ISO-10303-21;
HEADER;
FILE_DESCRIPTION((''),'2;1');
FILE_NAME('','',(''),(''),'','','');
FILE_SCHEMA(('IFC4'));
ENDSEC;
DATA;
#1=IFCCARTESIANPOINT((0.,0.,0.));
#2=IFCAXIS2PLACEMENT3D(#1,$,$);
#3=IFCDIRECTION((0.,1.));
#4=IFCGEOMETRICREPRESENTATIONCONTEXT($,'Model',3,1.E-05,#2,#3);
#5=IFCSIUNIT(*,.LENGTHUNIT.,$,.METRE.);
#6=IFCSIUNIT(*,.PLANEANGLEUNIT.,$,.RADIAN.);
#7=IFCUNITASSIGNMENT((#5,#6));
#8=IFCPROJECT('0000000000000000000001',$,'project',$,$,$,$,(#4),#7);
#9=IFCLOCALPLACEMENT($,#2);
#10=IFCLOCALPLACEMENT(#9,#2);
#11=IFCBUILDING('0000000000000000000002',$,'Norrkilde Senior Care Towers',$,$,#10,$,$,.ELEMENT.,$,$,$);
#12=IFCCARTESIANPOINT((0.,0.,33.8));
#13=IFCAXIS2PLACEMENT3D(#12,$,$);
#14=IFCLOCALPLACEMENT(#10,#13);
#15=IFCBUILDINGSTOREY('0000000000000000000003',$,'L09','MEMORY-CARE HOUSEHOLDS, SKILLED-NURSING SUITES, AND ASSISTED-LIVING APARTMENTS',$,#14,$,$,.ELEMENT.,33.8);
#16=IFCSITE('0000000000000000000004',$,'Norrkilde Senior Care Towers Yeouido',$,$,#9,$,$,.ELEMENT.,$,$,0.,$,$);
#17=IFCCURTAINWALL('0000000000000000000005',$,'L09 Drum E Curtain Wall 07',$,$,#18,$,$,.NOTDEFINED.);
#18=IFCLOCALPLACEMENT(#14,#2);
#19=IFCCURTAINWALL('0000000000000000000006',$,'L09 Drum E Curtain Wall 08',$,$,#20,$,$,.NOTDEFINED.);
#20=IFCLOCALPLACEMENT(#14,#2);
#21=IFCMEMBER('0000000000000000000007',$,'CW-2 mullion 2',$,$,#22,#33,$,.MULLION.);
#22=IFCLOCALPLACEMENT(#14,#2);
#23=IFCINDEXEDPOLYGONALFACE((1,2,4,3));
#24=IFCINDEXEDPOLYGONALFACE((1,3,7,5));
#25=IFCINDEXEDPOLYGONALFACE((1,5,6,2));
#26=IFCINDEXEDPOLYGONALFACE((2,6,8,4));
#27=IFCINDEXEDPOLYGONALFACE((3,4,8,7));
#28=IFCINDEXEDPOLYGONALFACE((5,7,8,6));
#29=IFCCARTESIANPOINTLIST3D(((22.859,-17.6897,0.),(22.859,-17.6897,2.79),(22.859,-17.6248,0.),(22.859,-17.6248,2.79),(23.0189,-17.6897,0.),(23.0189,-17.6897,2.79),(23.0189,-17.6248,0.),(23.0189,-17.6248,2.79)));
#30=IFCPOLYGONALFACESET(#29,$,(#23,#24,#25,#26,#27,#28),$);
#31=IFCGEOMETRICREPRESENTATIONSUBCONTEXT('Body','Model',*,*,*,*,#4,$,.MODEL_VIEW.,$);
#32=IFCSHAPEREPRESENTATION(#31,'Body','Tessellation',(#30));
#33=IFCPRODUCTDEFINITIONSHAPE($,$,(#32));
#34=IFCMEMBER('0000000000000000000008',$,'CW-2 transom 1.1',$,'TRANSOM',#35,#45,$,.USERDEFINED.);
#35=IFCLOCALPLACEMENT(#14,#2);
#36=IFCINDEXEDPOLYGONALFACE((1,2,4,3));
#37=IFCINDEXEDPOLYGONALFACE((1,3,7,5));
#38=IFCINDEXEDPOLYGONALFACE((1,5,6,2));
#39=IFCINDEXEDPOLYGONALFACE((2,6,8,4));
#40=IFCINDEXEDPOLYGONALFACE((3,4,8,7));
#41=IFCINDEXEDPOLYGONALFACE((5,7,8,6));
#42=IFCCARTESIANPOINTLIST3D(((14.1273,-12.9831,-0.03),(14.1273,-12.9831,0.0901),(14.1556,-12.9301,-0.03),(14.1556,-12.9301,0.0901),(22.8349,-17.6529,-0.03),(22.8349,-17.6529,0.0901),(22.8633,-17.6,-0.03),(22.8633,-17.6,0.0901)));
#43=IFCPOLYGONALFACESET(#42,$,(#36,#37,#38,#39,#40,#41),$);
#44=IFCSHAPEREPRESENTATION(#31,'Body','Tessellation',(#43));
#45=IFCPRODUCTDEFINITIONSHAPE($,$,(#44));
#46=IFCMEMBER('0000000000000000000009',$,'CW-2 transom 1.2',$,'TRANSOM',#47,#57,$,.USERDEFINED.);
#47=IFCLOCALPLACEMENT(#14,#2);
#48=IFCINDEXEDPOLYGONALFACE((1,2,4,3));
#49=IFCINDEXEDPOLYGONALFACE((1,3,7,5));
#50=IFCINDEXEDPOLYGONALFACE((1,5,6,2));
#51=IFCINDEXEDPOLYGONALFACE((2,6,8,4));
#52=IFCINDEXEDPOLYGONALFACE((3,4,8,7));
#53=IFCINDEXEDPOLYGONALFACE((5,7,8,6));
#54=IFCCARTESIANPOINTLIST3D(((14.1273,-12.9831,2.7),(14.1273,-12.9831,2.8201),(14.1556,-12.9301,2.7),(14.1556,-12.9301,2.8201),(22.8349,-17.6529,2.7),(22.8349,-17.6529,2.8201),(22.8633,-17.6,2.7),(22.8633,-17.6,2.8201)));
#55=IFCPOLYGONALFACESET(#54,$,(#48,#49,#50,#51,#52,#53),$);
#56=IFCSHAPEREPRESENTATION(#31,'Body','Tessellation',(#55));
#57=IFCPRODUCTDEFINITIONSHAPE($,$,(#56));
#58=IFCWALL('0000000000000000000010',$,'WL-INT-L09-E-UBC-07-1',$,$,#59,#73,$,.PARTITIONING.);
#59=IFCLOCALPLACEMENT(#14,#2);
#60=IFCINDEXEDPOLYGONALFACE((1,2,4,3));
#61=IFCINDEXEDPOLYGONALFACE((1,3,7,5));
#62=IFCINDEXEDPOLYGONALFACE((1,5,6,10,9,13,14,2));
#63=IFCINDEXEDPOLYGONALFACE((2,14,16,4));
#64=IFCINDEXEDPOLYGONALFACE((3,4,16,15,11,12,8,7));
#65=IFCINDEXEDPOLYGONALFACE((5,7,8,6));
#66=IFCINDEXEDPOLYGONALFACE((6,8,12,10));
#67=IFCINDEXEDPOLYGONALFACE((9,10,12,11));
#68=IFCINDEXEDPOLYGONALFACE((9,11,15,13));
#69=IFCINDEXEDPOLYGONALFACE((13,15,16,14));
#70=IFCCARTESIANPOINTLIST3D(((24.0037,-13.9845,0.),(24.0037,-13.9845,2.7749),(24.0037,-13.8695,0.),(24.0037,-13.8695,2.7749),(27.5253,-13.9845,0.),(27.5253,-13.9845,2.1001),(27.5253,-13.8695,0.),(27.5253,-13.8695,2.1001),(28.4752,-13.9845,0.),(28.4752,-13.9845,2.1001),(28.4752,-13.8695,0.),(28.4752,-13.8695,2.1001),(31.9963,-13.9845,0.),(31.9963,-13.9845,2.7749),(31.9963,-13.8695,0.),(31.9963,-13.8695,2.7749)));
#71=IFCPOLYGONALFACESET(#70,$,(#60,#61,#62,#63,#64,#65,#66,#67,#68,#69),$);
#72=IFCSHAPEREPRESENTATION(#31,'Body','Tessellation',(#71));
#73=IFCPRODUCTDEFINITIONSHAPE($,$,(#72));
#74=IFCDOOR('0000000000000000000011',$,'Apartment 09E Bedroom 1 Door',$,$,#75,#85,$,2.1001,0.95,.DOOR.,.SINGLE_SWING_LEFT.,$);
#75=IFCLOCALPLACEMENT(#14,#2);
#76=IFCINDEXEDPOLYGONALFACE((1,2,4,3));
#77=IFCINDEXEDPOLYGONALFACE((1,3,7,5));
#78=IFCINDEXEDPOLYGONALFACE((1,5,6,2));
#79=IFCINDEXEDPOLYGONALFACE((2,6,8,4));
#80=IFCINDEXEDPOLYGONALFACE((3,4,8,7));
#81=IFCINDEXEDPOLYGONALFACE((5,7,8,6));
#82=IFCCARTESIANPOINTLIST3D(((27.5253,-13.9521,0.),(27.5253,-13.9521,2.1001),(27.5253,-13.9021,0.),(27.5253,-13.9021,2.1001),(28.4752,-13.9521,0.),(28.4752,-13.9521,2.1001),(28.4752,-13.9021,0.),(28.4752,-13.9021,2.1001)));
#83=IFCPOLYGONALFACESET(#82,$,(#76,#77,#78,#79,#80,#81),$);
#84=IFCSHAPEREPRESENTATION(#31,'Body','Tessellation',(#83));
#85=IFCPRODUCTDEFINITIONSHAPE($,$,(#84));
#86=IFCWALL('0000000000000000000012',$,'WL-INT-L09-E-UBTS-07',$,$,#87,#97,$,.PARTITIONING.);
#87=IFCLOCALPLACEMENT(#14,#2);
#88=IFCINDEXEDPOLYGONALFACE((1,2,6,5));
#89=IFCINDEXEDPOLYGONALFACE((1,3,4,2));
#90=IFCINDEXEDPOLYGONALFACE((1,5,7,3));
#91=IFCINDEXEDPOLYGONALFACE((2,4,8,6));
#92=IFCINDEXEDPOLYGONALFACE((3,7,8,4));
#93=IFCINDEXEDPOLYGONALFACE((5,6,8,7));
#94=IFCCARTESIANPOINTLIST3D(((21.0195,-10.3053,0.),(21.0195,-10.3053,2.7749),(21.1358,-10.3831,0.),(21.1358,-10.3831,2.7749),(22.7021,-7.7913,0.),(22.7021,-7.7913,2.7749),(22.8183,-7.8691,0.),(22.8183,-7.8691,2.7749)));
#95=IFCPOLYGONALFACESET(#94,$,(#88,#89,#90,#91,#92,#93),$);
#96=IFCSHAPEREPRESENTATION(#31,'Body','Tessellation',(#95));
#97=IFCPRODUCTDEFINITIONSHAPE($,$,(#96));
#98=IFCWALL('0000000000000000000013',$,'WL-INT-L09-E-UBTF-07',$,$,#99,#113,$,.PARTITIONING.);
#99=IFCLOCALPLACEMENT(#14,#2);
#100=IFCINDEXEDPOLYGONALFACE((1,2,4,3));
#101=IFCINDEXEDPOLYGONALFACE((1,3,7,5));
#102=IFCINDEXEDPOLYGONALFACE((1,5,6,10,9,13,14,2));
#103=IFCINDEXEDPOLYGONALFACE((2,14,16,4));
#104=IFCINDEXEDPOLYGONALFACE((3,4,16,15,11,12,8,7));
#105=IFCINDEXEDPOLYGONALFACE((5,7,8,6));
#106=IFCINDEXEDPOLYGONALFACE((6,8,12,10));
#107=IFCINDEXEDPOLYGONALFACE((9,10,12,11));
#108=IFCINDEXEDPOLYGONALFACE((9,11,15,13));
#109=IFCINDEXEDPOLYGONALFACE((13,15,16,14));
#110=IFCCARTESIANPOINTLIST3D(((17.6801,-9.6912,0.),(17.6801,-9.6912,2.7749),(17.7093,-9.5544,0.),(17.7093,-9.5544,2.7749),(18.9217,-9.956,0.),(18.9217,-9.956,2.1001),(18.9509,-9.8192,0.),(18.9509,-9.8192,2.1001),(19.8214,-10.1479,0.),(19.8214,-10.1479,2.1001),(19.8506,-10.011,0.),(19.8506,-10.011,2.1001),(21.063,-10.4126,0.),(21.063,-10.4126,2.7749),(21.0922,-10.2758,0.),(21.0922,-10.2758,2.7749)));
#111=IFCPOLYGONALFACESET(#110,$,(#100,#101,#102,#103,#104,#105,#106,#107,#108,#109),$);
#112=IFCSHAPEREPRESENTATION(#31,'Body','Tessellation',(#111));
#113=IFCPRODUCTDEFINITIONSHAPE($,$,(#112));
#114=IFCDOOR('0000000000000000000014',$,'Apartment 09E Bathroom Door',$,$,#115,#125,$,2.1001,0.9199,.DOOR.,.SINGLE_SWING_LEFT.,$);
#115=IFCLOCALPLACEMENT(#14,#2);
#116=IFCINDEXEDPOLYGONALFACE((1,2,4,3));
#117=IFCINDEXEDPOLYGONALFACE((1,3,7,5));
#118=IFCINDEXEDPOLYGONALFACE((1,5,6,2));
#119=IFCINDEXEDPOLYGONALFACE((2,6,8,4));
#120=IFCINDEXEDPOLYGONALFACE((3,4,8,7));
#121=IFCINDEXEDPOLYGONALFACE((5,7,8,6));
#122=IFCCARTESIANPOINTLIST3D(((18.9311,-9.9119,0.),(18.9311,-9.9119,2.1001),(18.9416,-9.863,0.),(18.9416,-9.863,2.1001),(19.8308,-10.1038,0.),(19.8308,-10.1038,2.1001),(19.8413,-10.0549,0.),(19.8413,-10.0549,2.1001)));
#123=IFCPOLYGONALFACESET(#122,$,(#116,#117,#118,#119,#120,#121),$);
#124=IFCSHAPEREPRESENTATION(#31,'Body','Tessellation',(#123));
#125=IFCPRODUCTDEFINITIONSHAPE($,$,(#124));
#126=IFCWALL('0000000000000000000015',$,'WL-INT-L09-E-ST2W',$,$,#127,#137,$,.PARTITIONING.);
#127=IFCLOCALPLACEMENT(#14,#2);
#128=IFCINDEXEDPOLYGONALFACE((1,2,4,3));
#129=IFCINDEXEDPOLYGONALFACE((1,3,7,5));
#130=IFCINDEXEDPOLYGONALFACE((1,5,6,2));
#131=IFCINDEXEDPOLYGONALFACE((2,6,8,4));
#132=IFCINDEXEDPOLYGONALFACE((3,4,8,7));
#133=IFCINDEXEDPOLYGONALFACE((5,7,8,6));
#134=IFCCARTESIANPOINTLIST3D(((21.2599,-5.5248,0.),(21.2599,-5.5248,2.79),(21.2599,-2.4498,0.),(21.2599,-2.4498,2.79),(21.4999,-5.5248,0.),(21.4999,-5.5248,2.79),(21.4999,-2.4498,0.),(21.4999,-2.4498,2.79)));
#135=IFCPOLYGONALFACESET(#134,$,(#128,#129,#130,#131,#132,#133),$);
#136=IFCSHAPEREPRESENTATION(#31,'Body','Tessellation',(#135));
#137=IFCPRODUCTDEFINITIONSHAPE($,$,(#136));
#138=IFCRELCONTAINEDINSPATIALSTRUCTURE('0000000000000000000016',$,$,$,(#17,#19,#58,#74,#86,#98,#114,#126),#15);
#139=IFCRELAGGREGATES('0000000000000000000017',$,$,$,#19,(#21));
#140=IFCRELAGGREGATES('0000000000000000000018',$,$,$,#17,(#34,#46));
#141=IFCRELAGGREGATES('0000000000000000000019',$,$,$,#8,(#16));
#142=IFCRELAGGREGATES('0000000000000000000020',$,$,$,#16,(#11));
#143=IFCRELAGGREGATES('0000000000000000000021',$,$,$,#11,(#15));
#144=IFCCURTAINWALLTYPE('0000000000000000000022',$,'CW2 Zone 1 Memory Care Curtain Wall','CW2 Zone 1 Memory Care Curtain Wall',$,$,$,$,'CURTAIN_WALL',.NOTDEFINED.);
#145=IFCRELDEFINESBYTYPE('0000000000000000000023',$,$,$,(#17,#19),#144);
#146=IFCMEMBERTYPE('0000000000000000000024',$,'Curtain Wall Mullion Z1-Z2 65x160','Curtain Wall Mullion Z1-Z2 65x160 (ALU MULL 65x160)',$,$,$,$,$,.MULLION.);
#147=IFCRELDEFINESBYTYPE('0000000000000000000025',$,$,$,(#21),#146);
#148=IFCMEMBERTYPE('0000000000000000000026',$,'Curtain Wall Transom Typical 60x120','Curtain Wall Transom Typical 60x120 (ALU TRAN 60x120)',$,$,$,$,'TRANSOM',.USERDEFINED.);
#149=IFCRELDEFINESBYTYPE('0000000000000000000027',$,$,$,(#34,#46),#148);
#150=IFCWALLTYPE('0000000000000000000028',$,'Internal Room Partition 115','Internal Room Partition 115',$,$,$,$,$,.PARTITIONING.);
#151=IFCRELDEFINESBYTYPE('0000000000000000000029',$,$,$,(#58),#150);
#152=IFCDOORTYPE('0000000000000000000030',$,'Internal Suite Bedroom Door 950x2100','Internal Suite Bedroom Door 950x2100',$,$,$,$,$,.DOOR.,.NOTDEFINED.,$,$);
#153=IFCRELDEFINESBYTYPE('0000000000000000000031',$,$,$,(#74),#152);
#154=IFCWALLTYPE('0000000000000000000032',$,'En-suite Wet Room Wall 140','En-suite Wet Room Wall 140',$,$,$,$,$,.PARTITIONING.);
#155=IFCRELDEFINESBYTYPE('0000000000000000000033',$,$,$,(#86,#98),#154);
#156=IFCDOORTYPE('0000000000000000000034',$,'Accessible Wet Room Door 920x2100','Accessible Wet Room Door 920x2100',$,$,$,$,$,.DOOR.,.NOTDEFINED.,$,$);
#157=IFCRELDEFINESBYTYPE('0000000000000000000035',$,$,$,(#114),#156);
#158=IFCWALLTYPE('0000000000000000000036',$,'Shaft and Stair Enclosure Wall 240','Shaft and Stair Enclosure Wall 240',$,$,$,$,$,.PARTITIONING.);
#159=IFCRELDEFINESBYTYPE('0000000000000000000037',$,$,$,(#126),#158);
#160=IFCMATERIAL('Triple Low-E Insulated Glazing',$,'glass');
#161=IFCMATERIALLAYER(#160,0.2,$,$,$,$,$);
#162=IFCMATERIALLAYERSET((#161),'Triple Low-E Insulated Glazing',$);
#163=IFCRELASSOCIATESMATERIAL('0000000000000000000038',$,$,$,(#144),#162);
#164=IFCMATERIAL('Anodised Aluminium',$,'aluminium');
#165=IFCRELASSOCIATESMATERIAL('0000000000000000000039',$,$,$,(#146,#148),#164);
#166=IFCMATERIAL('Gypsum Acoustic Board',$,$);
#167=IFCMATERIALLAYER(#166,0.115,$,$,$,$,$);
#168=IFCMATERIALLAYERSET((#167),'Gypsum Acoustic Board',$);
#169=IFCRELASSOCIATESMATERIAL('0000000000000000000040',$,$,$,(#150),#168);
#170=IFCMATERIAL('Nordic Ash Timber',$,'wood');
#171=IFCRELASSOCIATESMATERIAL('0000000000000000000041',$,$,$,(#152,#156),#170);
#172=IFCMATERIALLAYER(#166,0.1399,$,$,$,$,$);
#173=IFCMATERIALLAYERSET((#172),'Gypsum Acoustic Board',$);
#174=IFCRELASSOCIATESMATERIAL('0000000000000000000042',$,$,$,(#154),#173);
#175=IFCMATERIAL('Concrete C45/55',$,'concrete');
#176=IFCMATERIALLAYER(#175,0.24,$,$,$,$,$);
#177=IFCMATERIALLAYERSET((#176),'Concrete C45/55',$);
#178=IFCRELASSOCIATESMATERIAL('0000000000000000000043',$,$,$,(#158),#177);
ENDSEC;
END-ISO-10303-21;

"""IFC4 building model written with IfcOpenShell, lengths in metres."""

from ifc_helpers import new_model, si_unit, direction, frame, frame_2d, origin, origin_2d, place, context, subcontext, project, spatial, rectangle, extrude, source, transform, mapped, material, layer, layer_set, material_profile, profile_set, type_object, type_shapes, element, fill, aggregate, save


model = new_model("IFC4")

# Units and contexts
model_context = context("Model", 3, precision=1e-05, world=origin(), true_north=direction((0.0, 1.0)))
body_context = subcontext(model_context, "Body", "Model", "MODEL_VIEW")
ifc_project = project(units=[si_unit("LENGTHUNIT", "METRE"), si_unit("PLANEANGLEUNIT", "RADIAN")], contexts=[model_context])

# Site, building, storey
site_placement = place(None, origin())
site = spatial("IfcSite", under=ifc_project, at=site_placement, Name="Norrkilde Senior Care Towers Yeouido", CompositionType="ELEMENT", RefElevation=0.0)
building_placement = place(site_placement, origin())
building = spatial("IfcBuilding", under=site, at=building_placement, Name="Norrkilde Senior Care Towers", CompositionType="ELEMENT")
storey_placement = place(building_placement, frame((0.0, 0.0, 33.8)))
storey = spatial("IfcBuildingStorey", under=building, at=storey_placement, Name="L09", Description="MEMORY-CARE HOUSEHOLDS, SKILLED-NURSING SUITES, AND ASSISTED-LIVING APARTMENTS", CompositionType="ELEMENT", Elevation=33.8)

# Curtain walls, member
ifc_material_1 = material(Name="Triple Low-E Insulated Glazing", Category="glass")
ifc_layer_1 = layer(ifc_material_1, 0.2)
ifc_layer_set_1 = layer_set([ifc_layer_1], Name="Triple Low-E Insulated Glazing")
curtain_wall_type = type_object("IfcCurtainWallType", Name="CW2 Zone 1 Memory Care Curtain Wall", Description="CW2 Zone 1 Memory Care Curtain Wall", ElementType="CURTAIN_WALL", PredefinedType="NOTDEFINED", material=ifc_layer_set_1)
curtain_wall_1_placement = place(storey_placement, origin())
curtain_wall_1 = element("IfcCurtainWall", 1, at=curtain_wall_1_placement, inside=storey, type_object=curtain_wall_type, Name="L09 Drum E Curtain Wall 07", PredefinedType="NOTDEFINED")
ifc_material_2 = material(Name="Anodised Aluminium", Category="aluminium")
ifc_material_profile_1 = material_profile(ifc_material_2, rectangle(XDim=0.0649, YDim=0.1599, at=origin_2d()), Name="ALU MULL 65x160")
ifc_profile_set_1 = profile_set([ifc_material_profile_1], Name="Anodised Aluminium")
member_type_1 = type_object("IfcMemberType", Name="Curtain Wall Mullion Z1-Z2 65x160", Description="Curtain Wall Mullion Z1-Z2 65x160 (ALU MULL 65x160)", PredefinedType="MULLION", material=ifc_profile_set_1)
shared_shape_1 = source(origin(), body_context, "Body", "SweptSolid", [
    extrude(rectangle(XDim=0.0649, YDim=0.1599, at=origin_2d()), origin(), (0.0, 0.0, 1.0), 2.79),
])
type_shapes(member_type_1, [shared_shape_1])
curtain_wall_2_placement = place(storey_placement, origin())
curtain_wall_2 = element("IfcCurtainWall", 2, at=curtain_wall_2_placement, inside=storey, type_object=curtain_wall_type, Name="L09 Drum E Curtain Wall 08", PredefinedType="NOTDEFINED")
member_1_placement = place(storey_placement, frame((22.939, -17.6572, 0.0), z_axis=(0.0, 0.0, 1.0), x_axis=(0.0, -1.0, 0.0)))
member_1 = element("IfcMember", 3, at=member_1_placement, type_object=member_type_1, Name="CW-2 mullion 2", PredefinedType="MULLION", context=body_context, shape_type="MappedRepresentation", body=[
    mapped(shared_shape_1, transform((0.0, 0.0, 0.0), x_axis=(1.0, 0.0, 0.0), y_axis=(0.0, 1.0, 0.0), z_axis=(0.0, 0.0, 1.0), scale=1.0)),
])
aggregate(curtain_wall_2, [member_1])

# Members
ifc_material_profile_2 = material_profile(ifc_material_2, rectangle(XDim=0.0601, YDim=0.1201, at=origin_2d()), Name="ALU TRAN 60x120")
ifc_profile_set_2 = profile_set([ifc_material_profile_2], Name="Anodised Aluminium")
member_type_2 = type_object("IfcMemberType", Name="Curtain Wall Transom Typical 60x120", Description="Curtain Wall Transom Typical 60x120 (ALU TRAN 60x120)", ElementType="TRANSOM", PredefinedType="USERDEFINED", material=ifc_profile_set_2)
shared_shape_2 = source(origin(), body_context, "Body", "SweptSolid", [
    extrude(rectangle(XDim=0.0601, YDim=0.1201, at=origin_2d()), origin(), (0.0, 0.0, 1.0), 9.8809),
])
type_shapes(member_type_2, [shared_shape_2])
member_2_placement = place(storey_placement, frame((22.8491, -17.6265, 0.03), z_axis=(-0.881267, 0.472618, 0.0), x_axis=(-0.472618, -0.881267, 0.0)))
member_2 = element("IfcMember", 4, at=member_2_placement, type_object=member_type_2, Name="CW-2 transom 1.1", ObjectType="TRANSOM", PredefinedType="USERDEFINED", context=body_context, shape_type="MappedRepresentation", body=[
    mapped(shared_shape_2, transform((0.0, 0.0, 0.0), x_axis=(1.0, 0.0, 0.0), y_axis=(0.0, 1.0, 0.0), z_axis=(0.0, 0.0, 1.0), scale=1.0)),
])
member_3_placement = place(storey_placement, frame((22.8491, -17.6265, 2.76), z_axis=(-0.881267, 0.472618, 0.0), x_axis=(-0.472618, -0.881267, 0.0)))
member_3 = element("IfcMember", 5, at=member_3_placement, type_object=member_type_2, Name="CW-2 transom 1.2", ObjectType="TRANSOM", PredefinedType="USERDEFINED", context=body_context, shape_type="MappedRepresentation", body=[
    mapped(shared_shape_2, transform((0.0, 0.0, 0.0), x_axis=(1.0, 0.0, 0.0), y_axis=(0.0, 1.0, 0.0), z_axis=(0.0, 0.0, 1.0), scale=1.0)),
])
aggregate(curtain_wall_1, [member_2, member_3])

# Wall, opening, door
ifc_material_3 = material(Name="Gypsum Acoustic Board")
ifc_layer_2 = layer(ifc_material_3, 0.115)
ifc_layer_set_2 = layer_set([ifc_layer_2], Name="Gypsum Acoustic Board")
wall_type_1 = type_object("IfcWallType", Name="Internal Room Partition 115", Description="Internal Room Partition 115", PredefinedType="PARTITIONING", material=ifc_layer_set_2)
shared_shape_3 = source(origin(), body_context, "Body", "SweptSolid", [
    extrude(rectangle(XDim=7.9927, YDim=0.115, at=frame_2d((3.9963, 0.0))), origin(), (0.0, 0.0, 1.0), 2.7749),
])
wall_1_placement = place(storey_placement, frame((24.0037, -13.927, 0.0), z_axis=(0.0, 0.0, 1.0), x_axis=(1.0, 0.0, 0.0)))
wall_1 = element("IfcWall", 6, at=wall_1_placement, inside=storey, type_object=wall_type_1, Name="WL-INT-L09-E-UBC-07-1", PredefinedType="PARTITIONING", context=body_context, shape_type="MappedRepresentation", body=[
    mapped(shared_shape_3, transform((0.0, 0.0, 0.0), x_axis=(1.0, 0.0, 0.0), y_axis=(0.0, 1.0, 0.0), z_axis=(0.0, 0.0, 1.0), scale=1.0)),
])
opening_1_placement = place(wall_1_placement, frame((3.5215, 0.0, 0.0)))
opening_1 = element("IfcOpeningElement", 7, at=opening_1_placement, cuts=wall_1, PredefinedType="OPENING", context=body_context, shape_type="SweptSolid", body=[
    extrude(rectangle(XDim=0.95, YDim=2.1001, at=frame_2d((0.4751, 1.05))), frame((0.0, 0.0674, 0.0), z_axis=(0.0, -1.0, 0.0), x_axis=(1.0, 0.0, 0.0)), (0.0, 0.0, 1.0), 0.135),
])
ifc_material_4 = material(Name="Nordic Ash Timber", Category="wood")
door_type_1 = type_object("IfcDoorType", Name="Internal Suite Bedroom Door 950x2100", Description="Internal Suite Bedroom Door 950x2100", OperationType="NOTDEFINED", PredefinedType="DOOR", material=ifc_material_4)
shared_shape_4 = source(origin(), body_context, "Body", "SweptSolid", [
    extrude(rectangle(XDim=0.95, YDim=2.1001, at=frame_2d((0.4751, 1.05))), frame((0.0, 0.0249, 0.0), z_axis=(0.0, -1.0, 0.0), x_axis=(1.0, 0.0, 0.0)), (0.0, 0.0, 1.0), 0.05),
])
type_shapes(door_type_1, [shared_shape_4])
door_1_placement = place(opening_1_placement, origin())
door_1 = element("IfcDoor", 8, at=door_1_placement, inside=storey, type_object=door_type_1, Name="Apartment 09E Bedroom 1 Door", OperationType="SINGLE_SWING_LEFT", OverallHeight=2.1001, OverallWidth=0.95, PredefinedType="DOOR", context=body_context, shape_type="MappedRepresentation", body=[
    mapped(shared_shape_4, transform((0.0, 0.0, 0.0), x_axis=(1.0, 0.0, 0.0), y_axis=(0.0, 1.0, 0.0), z_axis=(0.0, 0.0, 1.0), scale=1.0)),
])
fill(opening_1, door_1)

# Wall
ifc_layer_3 = layer(ifc_material_3, 0.1399)
ifc_layer_set_3 = layer_set([ifc_layer_3], Name="Gypsum Acoustic Board")
wall_type_2 = type_object("IfcWallType", Name="En-suite Wet Room Wall 140", Description="En-suite Wet Room Wall 140", PredefinedType="PARTITIONING", material=ifc_layer_set_3)
shared_shape_5 = source(origin(), body_context, "Body", "SweptSolid", [
    extrude(rectangle(XDim=3.0251, YDim=0.1399, at=frame_2d((1.5127, 0.0))), origin(), (0.0, 0.0, 1.0), 2.7749),
])
wall_2_placement = place(storey_placement, frame((22.7603, -7.8301, 0.0), z_axis=(0.0, 0.0, 1.0), x_axis=(-0.556189, -0.831056, 0.0)))
element("IfcWall", 9, at=wall_2_placement, inside=storey, type_object=wall_type_2, Name="WL-INT-L09-E-UBTS-07", PredefinedType="PARTITIONING", context=body_context, shape_type="MappedRepresentation", body=[
    mapped(shared_shape_5, transform((0.0, 0.0, 0.0), x_axis=(1.0, 0.0, 0.0), y_axis=(0.0, 1.0, 0.0), z_axis=(0.0, 0.0, 1.0), scale=1.0)),
])

# Wall, opening, door
shared_shape_6 = source(origin(), body_context, "Body", "SweptSolid", [
    extrude(rectangle(XDim=3.459, YDim=0.1399, at=frame_2d((1.7295, 0.0))), origin(), (0.0, 0.0, 1.0), 2.7749),
])
type_shapes(wall_type_2, [shared_shape_5, shared_shape_6])
wall_3_placement = place(storey_placement, frame((21.0776, -10.3442, 0.0), z_axis=(0.0, 0.0, 1.0), x_axis=(-0.978006, 0.208575, 0.0)))
wall_3 = element("IfcWall", 10, at=wall_3_placement, inside=storey, type_object=wall_type_2, Name="WL-INT-L09-E-UBTF-07", PredefinedType="PARTITIONING", context=body_context, shape_type="MappedRepresentation", body=[
    mapped(shared_shape_6, transform((0.0, 0.0, 0.0), x_axis=(1.0, 0.0, 0.0), y_axis=(0.0, 1.0, 0.0), z_axis=(0.0, 0.0, 1.0), scale=1.0)),
])
opening_2_placement = place(wall_3_placement, frame((1.2695, 0.0, 0.0)))
opening_2 = element("IfcOpeningElement", 11, at=opening_2_placement, cuts=wall_3, PredefinedType="OPENING", context=body_context, shape_type="SweptSolid", body=[
    extrude(rectangle(XDim=0.9199, YDim=2.1001, at=frame_2d((0.46, 1.05))), frame((0.0, 0.0798, 0.0), z_axis=(0.0, -1.0, 0.0), x_axis=(1.0, 0.0, 0.0)), (0.0, 0.0, 1.0), 0.1599),
])
door_type_2 = type_object("IfcDoorType", Name="Accessible Wet Room Door 920x2100", Description="Accessible Wet Room Door 920x2100", OperationType="NOTDEFINED", PredefinedType="DOOR", material=ifc_material_4)
shared_shape_7 = source(origin(), body_context, "Body", "SweptSolid", [
    extrude(rectangle(XDim=0.9199, YDim=2.1001, at=frame_2d((0.46, 1.05))), frame((0.0, 0.0249, 0.0), z_axis=(0.0, -1.0, 0.0), x_axis=(1.0, 0.0, 0.0)), (0.0, 0.0, 1.0), 0.05),
])
type_shapes(door_type_2, [shared_shape_7])
door_2_placement = place(opening_2_placement, origin())
door_2 = element("IfcDoor", 12, at=door_2_placement, inside=storey, type_object=door_type_2, Name="Apartment 09E Bathroom Door", OperationType="SINGLE_SWING_LEFT", OverallHeight=2.1001, OverallWidth=0.9199, PredefinedType="DOOR", context=body_context, shape_type="MappedRepresentation", body=[
    mapped(shared_shape_7, transform((0.0, 0.0, 0.0), x_axis=(1.0, 0.0, 0.0), y_axis=(0.0, 1.0, 0.0), z_axis=(0.0, 0.0, 1.0), scale=1.0)),
])
fill(opening_2, door_2)

# Wall
ifc_material_5 = material(Name="Concrete C45/55", Category="concrete")
ifc_layer_4 = layer(ifc_material_5, 0.24)
ifc_layer_set_4 = layer_set([ifc_layer_4], Name="Concrete C45/55")
wall_type_3 = type_object("IfcWallType", Name="Shaft and Stair Enclosure Wall 240", Description="Shaft and Stair Enclosure Wall 240", PredefinedType="PARTITIONING", material=ifc_layer_set_4)
shared_shape_8 = source(origin(), body_context, "Body", "SweptSolid", [
    extrude(rectangle(XDim=3.075, YDim=0.24, at=frame_2d((1.5376, 0.0))), origin(), (0.0, 0.0, 1.0), 2.79),
])
type_shapes(wall_type_3, [shared_shape_8])
wall_4_placement = place(storey_placement, frame((21.3799, -5.5249, 0.0), z_axis=(0.0, 0.0, 1.0), x_axis=(0.0, 1.0, 0.0)))
element("IfcWall", 13, at=wall_4_placement, inside=storey, type_object=wall_type_3, Name="WL-INT-L09-E-ST2W", PredefinedType="PARTITIONING", context=body_context, shape_type="MappedRepresentation", body=[
    mapped(shared_shape_8, transform((0.0, 0.0, 0.0), x_axis=(1.0, 0.0, 0.0), y_axis=(0.0, 1.0, 0.0), z_axis=(0.0, 0.0, 1.0), scale=1.0)),
])

save(model, "model.ifc")
